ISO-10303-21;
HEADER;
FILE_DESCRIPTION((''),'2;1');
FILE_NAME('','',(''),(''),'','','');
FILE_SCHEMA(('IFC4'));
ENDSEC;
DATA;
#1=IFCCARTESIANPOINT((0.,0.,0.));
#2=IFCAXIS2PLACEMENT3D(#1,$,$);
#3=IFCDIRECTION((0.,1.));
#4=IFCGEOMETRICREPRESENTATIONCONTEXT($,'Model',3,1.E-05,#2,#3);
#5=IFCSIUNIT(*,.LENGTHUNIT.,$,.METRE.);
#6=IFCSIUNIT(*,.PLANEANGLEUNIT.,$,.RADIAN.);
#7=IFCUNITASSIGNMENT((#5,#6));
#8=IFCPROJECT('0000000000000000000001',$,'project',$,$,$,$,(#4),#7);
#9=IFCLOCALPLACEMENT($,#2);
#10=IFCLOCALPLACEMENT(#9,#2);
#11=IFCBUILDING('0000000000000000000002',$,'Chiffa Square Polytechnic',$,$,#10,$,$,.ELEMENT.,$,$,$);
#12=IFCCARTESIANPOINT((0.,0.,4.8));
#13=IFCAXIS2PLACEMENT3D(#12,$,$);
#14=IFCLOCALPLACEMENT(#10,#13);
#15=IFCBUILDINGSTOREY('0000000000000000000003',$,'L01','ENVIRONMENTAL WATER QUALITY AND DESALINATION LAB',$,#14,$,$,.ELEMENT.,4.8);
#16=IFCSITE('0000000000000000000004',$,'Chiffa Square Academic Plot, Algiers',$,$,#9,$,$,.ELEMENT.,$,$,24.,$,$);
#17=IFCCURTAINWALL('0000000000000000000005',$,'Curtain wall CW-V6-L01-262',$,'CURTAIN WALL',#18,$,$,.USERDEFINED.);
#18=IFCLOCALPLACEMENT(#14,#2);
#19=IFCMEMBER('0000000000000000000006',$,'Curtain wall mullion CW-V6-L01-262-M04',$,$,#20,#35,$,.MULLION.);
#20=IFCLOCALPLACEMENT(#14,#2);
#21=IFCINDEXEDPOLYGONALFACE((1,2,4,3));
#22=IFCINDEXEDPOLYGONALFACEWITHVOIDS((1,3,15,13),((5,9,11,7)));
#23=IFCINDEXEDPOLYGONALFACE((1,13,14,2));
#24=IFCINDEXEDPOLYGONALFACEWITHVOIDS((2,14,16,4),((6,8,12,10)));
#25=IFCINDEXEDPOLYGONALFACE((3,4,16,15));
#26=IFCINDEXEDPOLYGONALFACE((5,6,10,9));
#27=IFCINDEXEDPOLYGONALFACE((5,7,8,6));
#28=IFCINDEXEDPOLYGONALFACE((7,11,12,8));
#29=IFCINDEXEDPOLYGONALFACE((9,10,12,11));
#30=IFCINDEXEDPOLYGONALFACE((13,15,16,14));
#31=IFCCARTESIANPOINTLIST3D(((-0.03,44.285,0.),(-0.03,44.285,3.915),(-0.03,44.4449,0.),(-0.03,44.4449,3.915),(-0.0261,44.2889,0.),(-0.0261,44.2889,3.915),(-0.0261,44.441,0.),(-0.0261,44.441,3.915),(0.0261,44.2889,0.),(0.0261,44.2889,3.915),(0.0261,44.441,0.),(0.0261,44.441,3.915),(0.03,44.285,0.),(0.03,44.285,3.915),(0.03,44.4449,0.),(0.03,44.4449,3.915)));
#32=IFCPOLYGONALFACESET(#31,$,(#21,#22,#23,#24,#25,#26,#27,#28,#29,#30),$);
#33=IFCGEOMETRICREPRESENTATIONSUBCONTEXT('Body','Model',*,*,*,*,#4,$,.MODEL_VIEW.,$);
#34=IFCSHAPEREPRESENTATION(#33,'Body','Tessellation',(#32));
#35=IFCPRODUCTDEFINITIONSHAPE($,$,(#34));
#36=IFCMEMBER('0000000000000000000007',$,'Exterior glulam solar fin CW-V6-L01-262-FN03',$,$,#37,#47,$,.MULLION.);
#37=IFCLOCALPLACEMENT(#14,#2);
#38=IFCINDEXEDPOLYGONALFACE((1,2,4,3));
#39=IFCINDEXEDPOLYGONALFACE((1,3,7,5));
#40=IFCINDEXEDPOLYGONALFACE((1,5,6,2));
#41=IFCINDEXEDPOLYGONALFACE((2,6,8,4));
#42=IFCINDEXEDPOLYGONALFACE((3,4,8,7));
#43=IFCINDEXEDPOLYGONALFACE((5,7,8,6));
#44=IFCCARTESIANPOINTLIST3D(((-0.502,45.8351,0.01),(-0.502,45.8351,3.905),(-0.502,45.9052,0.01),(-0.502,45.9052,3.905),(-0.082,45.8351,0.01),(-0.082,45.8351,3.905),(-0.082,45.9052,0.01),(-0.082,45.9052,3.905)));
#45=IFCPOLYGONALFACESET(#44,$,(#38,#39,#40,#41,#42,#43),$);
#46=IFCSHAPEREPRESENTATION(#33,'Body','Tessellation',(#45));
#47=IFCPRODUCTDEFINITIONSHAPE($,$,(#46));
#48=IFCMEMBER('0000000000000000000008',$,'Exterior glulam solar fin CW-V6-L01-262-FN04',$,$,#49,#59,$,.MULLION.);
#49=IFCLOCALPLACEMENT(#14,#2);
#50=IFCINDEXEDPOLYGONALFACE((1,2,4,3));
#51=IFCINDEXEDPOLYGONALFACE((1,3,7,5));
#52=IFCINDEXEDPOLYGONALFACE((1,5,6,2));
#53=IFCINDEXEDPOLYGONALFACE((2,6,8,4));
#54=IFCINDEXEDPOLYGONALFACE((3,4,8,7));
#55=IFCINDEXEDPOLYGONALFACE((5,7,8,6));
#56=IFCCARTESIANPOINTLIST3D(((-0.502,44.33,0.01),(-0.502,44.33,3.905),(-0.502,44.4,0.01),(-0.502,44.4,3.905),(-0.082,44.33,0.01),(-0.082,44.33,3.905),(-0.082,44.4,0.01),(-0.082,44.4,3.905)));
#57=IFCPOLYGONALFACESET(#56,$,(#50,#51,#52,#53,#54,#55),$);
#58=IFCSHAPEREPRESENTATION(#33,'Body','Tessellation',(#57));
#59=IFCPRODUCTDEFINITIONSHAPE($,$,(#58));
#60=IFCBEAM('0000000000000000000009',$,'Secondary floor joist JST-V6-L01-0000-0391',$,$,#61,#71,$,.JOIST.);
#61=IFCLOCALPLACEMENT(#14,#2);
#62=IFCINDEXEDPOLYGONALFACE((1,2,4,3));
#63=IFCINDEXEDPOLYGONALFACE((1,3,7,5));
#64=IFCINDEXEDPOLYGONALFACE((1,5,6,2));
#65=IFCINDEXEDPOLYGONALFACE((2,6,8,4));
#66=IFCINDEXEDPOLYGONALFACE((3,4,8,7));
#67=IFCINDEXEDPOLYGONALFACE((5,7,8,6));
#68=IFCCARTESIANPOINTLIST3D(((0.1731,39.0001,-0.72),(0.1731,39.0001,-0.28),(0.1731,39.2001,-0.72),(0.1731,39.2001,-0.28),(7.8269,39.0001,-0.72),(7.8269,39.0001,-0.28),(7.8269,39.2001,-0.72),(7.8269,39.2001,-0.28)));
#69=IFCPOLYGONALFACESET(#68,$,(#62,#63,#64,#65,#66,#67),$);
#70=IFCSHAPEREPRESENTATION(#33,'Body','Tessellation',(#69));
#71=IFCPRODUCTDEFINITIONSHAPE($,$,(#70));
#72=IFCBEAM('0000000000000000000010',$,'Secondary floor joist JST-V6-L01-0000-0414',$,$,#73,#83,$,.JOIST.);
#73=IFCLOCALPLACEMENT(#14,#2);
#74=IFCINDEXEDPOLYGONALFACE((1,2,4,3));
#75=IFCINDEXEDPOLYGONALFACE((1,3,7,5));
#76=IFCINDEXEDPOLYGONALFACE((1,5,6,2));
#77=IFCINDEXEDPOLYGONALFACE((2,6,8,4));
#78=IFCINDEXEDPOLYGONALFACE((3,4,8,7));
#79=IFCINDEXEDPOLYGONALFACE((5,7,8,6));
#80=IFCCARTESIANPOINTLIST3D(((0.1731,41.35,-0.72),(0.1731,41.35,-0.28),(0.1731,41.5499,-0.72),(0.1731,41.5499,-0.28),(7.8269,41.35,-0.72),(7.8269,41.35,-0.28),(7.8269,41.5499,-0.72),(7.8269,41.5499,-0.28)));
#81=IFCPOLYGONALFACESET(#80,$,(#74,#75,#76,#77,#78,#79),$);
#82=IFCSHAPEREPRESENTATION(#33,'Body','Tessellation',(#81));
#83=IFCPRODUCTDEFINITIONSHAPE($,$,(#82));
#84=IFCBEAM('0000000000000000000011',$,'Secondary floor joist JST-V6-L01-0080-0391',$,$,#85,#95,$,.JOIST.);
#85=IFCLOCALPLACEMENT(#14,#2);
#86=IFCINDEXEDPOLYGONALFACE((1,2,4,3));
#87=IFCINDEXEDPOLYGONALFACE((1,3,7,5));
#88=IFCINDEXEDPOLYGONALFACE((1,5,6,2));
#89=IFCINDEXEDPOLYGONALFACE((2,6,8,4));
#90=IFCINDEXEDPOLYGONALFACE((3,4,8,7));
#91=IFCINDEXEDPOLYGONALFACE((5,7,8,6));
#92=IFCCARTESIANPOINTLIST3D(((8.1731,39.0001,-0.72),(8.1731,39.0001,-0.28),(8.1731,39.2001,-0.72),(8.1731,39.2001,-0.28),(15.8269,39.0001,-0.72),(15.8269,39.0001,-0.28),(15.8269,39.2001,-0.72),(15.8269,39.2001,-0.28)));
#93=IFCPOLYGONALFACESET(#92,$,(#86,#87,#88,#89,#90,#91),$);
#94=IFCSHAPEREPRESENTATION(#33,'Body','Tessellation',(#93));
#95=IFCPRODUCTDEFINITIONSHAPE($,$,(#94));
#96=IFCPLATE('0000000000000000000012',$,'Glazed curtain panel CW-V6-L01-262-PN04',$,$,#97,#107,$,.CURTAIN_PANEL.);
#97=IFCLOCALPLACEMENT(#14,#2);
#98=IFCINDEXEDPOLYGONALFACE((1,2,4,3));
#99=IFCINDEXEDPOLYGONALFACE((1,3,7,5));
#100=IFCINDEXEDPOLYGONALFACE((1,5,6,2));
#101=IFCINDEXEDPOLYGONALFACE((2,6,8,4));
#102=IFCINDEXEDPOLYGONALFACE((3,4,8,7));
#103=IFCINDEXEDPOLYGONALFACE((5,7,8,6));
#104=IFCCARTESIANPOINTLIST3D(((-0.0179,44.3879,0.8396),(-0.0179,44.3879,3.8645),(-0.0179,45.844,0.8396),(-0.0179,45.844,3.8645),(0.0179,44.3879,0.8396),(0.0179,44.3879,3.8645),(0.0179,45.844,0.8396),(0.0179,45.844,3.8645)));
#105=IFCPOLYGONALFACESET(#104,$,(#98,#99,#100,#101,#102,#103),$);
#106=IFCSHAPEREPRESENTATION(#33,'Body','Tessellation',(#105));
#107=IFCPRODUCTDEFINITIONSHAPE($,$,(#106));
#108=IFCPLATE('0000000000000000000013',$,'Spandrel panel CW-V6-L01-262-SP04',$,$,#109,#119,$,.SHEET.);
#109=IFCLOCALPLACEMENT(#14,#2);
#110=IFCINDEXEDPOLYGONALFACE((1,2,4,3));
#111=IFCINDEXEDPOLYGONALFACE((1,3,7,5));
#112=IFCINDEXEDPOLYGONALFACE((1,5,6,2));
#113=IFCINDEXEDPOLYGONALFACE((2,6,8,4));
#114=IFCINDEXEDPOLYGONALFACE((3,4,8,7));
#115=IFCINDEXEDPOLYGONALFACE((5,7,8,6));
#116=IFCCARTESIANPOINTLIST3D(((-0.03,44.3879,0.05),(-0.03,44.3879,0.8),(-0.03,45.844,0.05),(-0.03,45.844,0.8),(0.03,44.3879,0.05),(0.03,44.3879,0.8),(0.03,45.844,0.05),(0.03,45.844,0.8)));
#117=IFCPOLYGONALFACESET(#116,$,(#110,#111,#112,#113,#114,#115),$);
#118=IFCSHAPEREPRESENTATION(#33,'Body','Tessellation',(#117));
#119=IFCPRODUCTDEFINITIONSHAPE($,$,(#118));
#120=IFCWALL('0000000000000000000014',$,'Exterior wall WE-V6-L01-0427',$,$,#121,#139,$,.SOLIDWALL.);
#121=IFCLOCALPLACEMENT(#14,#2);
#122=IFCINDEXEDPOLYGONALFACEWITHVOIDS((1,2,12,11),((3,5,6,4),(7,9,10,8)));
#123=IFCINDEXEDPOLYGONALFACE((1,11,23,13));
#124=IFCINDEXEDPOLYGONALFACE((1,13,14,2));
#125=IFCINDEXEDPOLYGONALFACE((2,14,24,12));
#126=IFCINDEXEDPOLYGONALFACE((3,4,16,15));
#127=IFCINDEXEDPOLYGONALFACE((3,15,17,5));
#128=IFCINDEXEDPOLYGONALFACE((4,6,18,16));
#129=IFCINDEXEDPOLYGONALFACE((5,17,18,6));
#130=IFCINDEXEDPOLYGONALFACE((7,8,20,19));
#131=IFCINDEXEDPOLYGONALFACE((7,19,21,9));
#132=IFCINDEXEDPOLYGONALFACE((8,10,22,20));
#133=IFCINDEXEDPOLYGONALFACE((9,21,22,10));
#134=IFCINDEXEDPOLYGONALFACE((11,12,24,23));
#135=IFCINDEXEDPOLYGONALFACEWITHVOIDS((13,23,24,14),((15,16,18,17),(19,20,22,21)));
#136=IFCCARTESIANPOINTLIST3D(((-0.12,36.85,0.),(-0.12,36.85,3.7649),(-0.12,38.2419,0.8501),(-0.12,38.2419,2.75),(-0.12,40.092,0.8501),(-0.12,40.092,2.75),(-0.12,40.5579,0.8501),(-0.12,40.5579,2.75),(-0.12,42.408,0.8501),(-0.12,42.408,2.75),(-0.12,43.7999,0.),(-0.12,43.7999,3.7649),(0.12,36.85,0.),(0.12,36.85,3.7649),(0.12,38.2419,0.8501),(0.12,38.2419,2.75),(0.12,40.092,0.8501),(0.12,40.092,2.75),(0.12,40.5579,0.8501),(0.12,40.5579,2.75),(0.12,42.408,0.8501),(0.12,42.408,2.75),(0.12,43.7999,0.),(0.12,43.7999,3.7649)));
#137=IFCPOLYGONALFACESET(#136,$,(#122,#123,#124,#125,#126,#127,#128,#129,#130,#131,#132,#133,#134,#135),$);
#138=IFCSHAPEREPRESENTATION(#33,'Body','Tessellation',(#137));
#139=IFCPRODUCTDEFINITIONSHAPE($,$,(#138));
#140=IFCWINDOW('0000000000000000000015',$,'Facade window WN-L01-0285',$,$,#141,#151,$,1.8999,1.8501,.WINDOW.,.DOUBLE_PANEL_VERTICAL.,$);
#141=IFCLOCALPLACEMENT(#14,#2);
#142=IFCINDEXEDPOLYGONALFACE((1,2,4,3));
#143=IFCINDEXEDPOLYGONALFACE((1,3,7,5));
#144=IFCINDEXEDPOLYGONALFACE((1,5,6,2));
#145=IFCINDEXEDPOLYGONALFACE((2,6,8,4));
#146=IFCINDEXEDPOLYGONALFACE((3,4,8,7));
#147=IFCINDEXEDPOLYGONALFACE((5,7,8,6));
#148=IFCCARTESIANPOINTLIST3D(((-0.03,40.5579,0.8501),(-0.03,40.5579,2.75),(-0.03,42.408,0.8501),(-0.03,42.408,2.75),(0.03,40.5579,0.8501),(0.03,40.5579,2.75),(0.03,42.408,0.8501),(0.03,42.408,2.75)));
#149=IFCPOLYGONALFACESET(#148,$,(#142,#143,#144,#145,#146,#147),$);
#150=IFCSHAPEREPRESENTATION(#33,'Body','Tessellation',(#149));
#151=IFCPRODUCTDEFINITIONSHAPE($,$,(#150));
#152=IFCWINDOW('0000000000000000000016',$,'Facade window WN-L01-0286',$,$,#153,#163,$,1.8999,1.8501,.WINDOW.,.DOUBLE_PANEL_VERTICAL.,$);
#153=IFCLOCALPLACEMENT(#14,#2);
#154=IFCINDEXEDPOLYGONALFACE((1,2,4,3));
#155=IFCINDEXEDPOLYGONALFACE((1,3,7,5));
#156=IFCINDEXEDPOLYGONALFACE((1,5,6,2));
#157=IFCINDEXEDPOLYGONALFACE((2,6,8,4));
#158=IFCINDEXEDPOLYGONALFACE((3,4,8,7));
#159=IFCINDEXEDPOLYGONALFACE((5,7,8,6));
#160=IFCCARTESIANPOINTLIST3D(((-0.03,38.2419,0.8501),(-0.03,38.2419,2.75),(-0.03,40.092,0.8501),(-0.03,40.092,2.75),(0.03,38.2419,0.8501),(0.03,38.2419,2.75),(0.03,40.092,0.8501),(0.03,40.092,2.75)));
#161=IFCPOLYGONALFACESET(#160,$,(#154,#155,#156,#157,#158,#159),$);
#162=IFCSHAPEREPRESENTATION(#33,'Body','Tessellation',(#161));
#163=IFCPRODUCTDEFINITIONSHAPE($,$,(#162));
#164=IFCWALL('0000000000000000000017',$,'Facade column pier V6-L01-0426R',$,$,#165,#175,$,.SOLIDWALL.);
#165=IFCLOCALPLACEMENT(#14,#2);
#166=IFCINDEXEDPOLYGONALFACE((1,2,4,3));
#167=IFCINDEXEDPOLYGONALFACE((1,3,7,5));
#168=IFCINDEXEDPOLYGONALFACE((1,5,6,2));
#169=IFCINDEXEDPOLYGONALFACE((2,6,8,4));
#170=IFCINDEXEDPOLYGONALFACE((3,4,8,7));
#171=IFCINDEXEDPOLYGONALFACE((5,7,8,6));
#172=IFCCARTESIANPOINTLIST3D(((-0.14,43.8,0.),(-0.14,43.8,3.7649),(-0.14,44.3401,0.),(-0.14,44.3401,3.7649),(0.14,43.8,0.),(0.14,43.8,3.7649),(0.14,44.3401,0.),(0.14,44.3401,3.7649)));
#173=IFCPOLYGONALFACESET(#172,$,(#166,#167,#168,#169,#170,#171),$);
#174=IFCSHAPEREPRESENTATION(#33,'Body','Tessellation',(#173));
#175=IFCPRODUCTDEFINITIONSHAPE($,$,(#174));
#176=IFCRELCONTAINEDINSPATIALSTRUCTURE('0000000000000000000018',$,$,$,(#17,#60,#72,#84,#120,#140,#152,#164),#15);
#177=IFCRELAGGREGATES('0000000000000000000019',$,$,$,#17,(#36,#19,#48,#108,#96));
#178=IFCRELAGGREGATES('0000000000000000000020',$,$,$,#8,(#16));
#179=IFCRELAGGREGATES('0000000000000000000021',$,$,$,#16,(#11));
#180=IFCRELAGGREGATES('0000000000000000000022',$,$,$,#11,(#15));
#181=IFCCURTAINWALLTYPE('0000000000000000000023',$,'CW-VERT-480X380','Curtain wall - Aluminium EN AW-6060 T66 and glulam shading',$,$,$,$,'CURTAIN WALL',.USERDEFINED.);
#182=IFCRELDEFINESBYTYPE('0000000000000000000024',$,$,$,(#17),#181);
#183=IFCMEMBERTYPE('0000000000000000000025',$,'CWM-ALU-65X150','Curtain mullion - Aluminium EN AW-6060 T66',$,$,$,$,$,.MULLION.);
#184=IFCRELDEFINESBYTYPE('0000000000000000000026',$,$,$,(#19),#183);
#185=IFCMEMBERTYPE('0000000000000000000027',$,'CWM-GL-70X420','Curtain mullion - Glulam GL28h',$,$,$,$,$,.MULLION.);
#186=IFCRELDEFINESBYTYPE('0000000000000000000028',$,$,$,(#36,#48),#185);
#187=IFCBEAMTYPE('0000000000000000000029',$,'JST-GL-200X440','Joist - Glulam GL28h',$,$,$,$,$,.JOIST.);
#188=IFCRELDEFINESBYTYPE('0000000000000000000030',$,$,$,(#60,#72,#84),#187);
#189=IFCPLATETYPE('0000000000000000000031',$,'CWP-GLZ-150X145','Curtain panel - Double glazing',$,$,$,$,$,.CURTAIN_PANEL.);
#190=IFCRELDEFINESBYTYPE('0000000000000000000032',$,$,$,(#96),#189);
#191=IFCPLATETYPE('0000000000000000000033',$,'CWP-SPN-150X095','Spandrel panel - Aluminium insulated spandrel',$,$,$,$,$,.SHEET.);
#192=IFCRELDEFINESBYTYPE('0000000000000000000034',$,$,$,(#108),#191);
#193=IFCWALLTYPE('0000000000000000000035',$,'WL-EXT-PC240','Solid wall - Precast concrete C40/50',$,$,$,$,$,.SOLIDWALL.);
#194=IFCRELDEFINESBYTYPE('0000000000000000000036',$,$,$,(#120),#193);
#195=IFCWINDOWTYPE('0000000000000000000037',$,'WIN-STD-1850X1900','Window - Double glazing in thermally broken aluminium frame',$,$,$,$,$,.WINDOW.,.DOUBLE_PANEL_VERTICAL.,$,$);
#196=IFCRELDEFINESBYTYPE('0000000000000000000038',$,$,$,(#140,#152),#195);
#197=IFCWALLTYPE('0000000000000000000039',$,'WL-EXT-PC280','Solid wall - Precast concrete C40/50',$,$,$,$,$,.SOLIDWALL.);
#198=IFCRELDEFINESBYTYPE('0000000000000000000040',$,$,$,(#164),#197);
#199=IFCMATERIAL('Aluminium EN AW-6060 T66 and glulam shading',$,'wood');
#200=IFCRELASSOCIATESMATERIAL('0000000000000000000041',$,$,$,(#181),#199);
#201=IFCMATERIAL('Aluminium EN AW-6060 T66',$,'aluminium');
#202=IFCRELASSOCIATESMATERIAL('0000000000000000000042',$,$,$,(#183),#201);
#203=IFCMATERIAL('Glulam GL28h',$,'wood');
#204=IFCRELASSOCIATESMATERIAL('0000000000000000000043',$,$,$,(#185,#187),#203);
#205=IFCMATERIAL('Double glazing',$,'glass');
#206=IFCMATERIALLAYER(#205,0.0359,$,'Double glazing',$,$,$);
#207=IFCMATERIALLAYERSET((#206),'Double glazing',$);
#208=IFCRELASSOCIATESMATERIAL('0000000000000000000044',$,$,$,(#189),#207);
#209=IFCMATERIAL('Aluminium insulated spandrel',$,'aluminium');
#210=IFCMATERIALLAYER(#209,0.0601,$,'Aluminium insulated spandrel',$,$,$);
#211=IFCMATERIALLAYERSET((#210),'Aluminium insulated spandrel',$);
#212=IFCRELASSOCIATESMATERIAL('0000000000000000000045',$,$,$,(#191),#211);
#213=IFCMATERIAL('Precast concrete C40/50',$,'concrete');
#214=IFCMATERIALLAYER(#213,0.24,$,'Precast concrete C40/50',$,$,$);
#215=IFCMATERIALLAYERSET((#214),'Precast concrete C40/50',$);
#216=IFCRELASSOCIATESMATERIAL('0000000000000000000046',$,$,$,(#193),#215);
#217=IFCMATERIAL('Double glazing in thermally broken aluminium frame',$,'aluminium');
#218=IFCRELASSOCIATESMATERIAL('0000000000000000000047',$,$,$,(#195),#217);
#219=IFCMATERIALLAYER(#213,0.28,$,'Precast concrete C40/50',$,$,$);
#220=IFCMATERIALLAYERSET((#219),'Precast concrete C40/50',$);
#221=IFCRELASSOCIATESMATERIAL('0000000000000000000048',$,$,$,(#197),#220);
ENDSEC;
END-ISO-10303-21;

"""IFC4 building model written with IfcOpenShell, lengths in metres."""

from ifc_helpers import new_model, si_unit, direction, frame, frame_2d, origin, origin_2d, place, context, subcontext, project, spatial, rectangle, hollow_rectangle, extrude, material, layer, layer_set, material_profile, profile_set, type_object, element, fill, aggregate, save


model = new_model("IFC4")

# Units and contexts
model_context = context("Model", 3, precision=1e-05, world=origin(), true_north=direction((0.0, 1.0)))
body_context = subcontext(model_context, "Body", "Model", "MODEL_VIEW")
ifc_project = project(units=[si_unit("LENGTHUNIT", "METRE"), si_unit("PLANEANGLEUNIT", "RADIAN")], contexts=[model_context])

# Site, building, storey
site_placement = place(None, origin())
site = spatial("IfcSite", under=ifc_project, at=site_placement, Name="Chiffa Square Academic Plot, Algiers", CompositionType="ELEMENT", RefElevation=24.0)
building_placement = place(site_placement, origin())
building = spatial("IfcBuilding", under=site, at=building_placement, Name="Chiffa Square Polytechnic", CompositionType="ELEMENT")
storey_placement = place(building_placement, frame((0.0, 0.0, 4.8)))
storey = spatial("IfcBuildingStorey", under=building, at=storey_placement, Name="L01", Description="ENVIRONMENTAL WATER QUALITY AND DESALINATION LAB", CompositionType="ELEMENT", Elevation=4.8)

# Curtain wall, members
ifc_material_1 = material(Name="Aluminium EN AW-6060 T66 and glulam shading", Category="wood")
curtain_wall_type = type_object("IfcCurtainWallType", Name="CW-VERT-480X380", Description="Curtain wall - Aluminium EN AW-6060 T66 and glulam shading", ElementType="CURTAIN WALL", PredefinedType="USERDEFINED", material=ifc_material_1)
curtain_wall_placement = place(storey_placement, origin())
curtain_wall = element("IfcCurtainWall", 1, at=curtain_wall_placement, inside=storey, type_object=curtain_wall_type, Name="Curtain wall CW-V6-L01-262", ObjectType="CURTAIN WALL", PredefinedType="USERDEFINED")
ifc_material_2 = material(Name="Aluminium EN AW-6060 T66", Category="aluminium")
ifc_material_profile_1 = material_profile(ifc_material_2, hollow_rectangle(XDim=0.0601, YDim=0.1599, WallThickness=0.0039, at=origin_2d()), Name="ALU 60x160x4")
ifc_profile_set_1 = profile_set([ifc_material_profile_1], Name="Aluminium EN AW-6060 T66")
member_type_1 = type_object("IfcMemberType", Name="CWM-ALU-65X150", Description="Curtain mullion - Aluminium EN AW-6060 T66", PredefinedType="MULLION", material=ifc_profile_set_1)
member_1_placement = place(storey_placement, frame((0.0, 44.365, 0.0), z_axis=(0.0, 0.0, 1.0), x_axis=(1.0, 0.0, 0.0)))
member_1 = element("IfcMember", 2, at=member_1_placement, type_object=member_type_1, Name="Curtain wall mullion CW-V6-L01-262-M04", PredefinedType="MULLION", context=body_context, shape_type="SweptSolid", body=[
    extrude(hollow_rectangle(XDim=0.0601, YDim=0.1599, WallThickness=0.0039, at=origin_2d()), origin(), (0.0, 0.0, 1.0), 3.915),
])
ifc_material_3 = material(Name="Glulam GL28h", Category="wood")
ifc_material_profile_2 = material_profile(ifc_material_3, rectangle(XDim=0.0701, YDim=0.4199, at=origin_2d()), Name="GL28h 70x420")
ifc_profile_set_2 = profile_set([ifc_material_profile_2], Name="Glulam GL28h")
member_type_2 = type_object("IfcMemberType", Name="CWM-GL-70X420", Description="Curtain mullion - Glulam GL28h", PredefinedType="MULLION", material=ifc_profile_set_2)
member_2_placement = place(storey_placement, frame((-0.292, 45.8701, 0.01), z_axis=(0.0, 0.0, 1.0), x_axis=(0.0, -1.0, 0.0)))
member_2 = element("IfcMember", 3, at=member_2_placement, type_object=member_type_2, Name="Exterior glulam solar fin CW-V6-L01-262-FN03", PredefinedType="MULLION", context=body_context, shape_type="SweptSolid", body=[
    extrude(rectangle(XDim=0.0701, YDim=0.4199, at=origin_2d()), origin(), (0.0, 0.0, 1.0), 3.895),
])
member_3_placement = place(storey_placement, frame((-0.292, 44.365, 0.01), z_axis=(0.0, 0.0, 1.0), x_axis=(0.0, -1.0, 0.0)))
member_3 = element("IfcMember", 4, at=member_3_placement, type_object=member_type_2, Name="Exterior glulam solar fin CW-V6-L01-262-FN04", PredefinedType="MULLION", context=body_context, shape_type="SweptSolid", body=[
    extrude(rectangle(XDim=0.0701, YDim=0.4199, at=origin_2d()), origin(), (0.0, 0.0, 1.0), 3.895),
])

# Beams
ifc_material_profile_3 = material_profile(ifc_material_3, rectangle(XDim=0.2, YDim=0.4399, at=origin_2d()), Name="GL28h 200x440")
ifc_profile_set_3 = profile_set([ifc_material_profile_3], Name="Glulam GL28h")
beam_type_1 = type_object("IfcBeamType", Name="JST-GL-200X440", Description="Joist - Glulam GL28h", PredefinedType="JOIST", material=ifc_profile_set_3)
for number, where, z_axis, x_axis, name in (
    (5, (0.1731, 39.1001, -0.5), (1.0, 0.0, 0.0), (0.0, 1.0, 0.0), "Secondary floor joist JST-V6-L01-0000-0391"),
    (6, (0.1731, 41.45, -0.5), (1.0, 0.0, 0.0), (0.0, 1.0, 0.0), "Secondary floor joist JST-V6-L01-0000-0414"),
    (7, (8.1731, 39.1001, -0.5), (1.0, 0.0, 0.0), (0.0, 1.0, 0.0), "Secondary floor joist JST-V6-L01-0080-0391"),
):
    element("IfcBeam", number, at=place(storey_placement, frame(where, z_axis=z_axis, x_axis=x_axis)), inside=storey, type_object=beam_type_1, Name=name, PredefinedType="JOIST", context=body_context, shape_type="SweptSolid", body=[
        extrude(rectangle(XDim=0.2, YDim=0.4399, at=origin_2d()), origin(), (0.0, 0.0, 1.0), 7.6538),
    ])

# Plates
ifc_material_4 = material(Name="Double glazing", Category="glass")
ifc_layer_1 = layer(ifc_material_4, 0.0359, Name="Double glazing")
ifc_layer_set_1 = layer_set([ifc_layer_1], Name="Double glazing")
plate_type_1 = type_object("IfcPlateType", Name="CWP-GLZ-150X145", Description="Curtain panel - Double glazing", PredefinedType="CURTAIN_PANEL", material=ifc_layer_set_1)
plate_1_placement = place(storey_placement, frame((0.0, 45.116, 0.8396), z_axis=(0.0, 0.0, 1.0), x_axis=(0.0, -1.0, 0.0)))
plate_1 = element("IfcPlate", 8, at=plate_1_placement, type_object=plate_type_1, Name="Glazed curtain panel CW-V6-L01-262-PN04", PredefinedType="CURTAIN_PANEL", context=body_context, shape_type="SweptSolid", body=[
    extrude(rectangle(XDim=1.4561, YDim=0.0359, at=origin_2d()), origin(), (0.0, 0.0, 1.0), 3.0249),
])
ifc_material_5 = material(Name="Aluminium insulated spandrel", Category="aluminium")
ifc_layer_2 = layer(ifc_material_5, 0.0601, Name="Aluminium insulated spandrel")
ifc_layer_set_2 = layer_set([ifc_layer_2], Name="Aluminium insulated spandrel")
plate_type_2 = type_object("IfcPlateType", Name="CWP-SPN-150X095", Description="Spandrel panel - Aluminium insulated spandrel", PredefinedType="SHEET", material=ifc_layer_set_2)
plate_2_placement = place(storey_placement, frame((0.0, 45.116, 0.05), z_axis=(0.0, 0.0, 1.0), x_axis=(0.0, -1.0, 0.0)))
plate_2 = element("IfcPlate", 9, at=plate_2_placement, type_object=plate_type_2, Name="Spandrel panel CW-V6-L01-262-SP04", PredefinedType="SHEET", context=body_context, shape_type="SweptSolid", body=[
    extrude(rectangle(XDim=1.4561, YDim=0.0601, at=origin_2d()), origin(), (0.0, 0.0, 1.0), 0.75),
])
aggregate(curtain_wall, [member_2, member_1, member_3, plate_2, plate_1])

# Wall, openings, windows
ifc_material_6 = material(Name="Precast concrete C40/50", Category="concrete")
ifc_layer_3 = layer(ifc_material_6, 0.24, Name="Precast concrete C40/50")
ifc_layer_set_3 = layer_set([ifc_layer_3], Name="Precast concrete C40/50")
wall_type_1 = type_object("IfcWallType", Name="WL-EXT-PC240", Description="Solid wall - Precast concrete C40/50", PredefinedType="SOLIDWALL", material=ifc_layer_set_3)
wall_1_placement = place(storey_placement, frame((0.0, 43.8, 0.0), z_axis=(0.0, 0.0, 1.0), x_axis=(0.0, -1.0, 0.0)))
wall_1 = element("IfcWall", 10, at=wall_1_placement, inside=storey, type_object=wall_type_1, Name="Exterior wall WE-V6-L01-0427", PredefinedType="SOLIDWALL", context=body_context, shape_type="SweptSolid", body=[
    extrude(rectangle(XDim=6.95, YDim=0.24, at=frame_2d((3.4751, 0.0))), origin(), (0.0, 0.0, 1.0), 3.7649),
])
opening_1_placement = place(wall_1_placement, frame((1.3921, 0.0, 0.8501)))
opening_1 = element("IfcOpeningElement", 11, at=opening_1_placement, cuts=wall_1, PredefinedType="OPENING", context=body_context, shape_type="SweptSolid", body=[
    extrude(rectangle(XDim=1.8501, YDim=1.8999, at=frame_2d((0.925, 0.95))), frame((0.0, 0.1299, 0.0), z_axis=(0.0, -1.0, 0.0), x_axis=(1.0, 0.0, 0.0)), (0.0, 0.0, 1.0), 0.26),
])
opening_2_placement = place(wall_1_placement, frame((3.708, 0.0, 0.8501)))
opening_2 = element("IfcOpeningElement", 12, at=opening_2_placement, cuts=wall_1, PredefinedType="OPENING", context=body_context, shape_type="SweptSolid", body=[
    extrude(rectangle(XDim=1.8501, YDim=1.8999, at=frame_2d((0.925, 0.95))), frame((0.0, 0.1299, 0.0), z_axis=(0.0, -1.0, 0.0), x_axis=(1.0, 0.0, 0.0)), (0.0, 0.0, 1.0), 0.26),
])
ifc_material_7 = material(Name="Double glazing in thermally broken aluminium frame", Category="aluminium")
window_type = type_object("IfcWindowType", Name="WIN-STD-1850X1900", Description="Window - Double glazing in thermally broken aluminium frame", PartitioningType="DOUBLE_PANEL_VERTICAL", PredefinedType="WINDOW", material=ifc_material_7)
window_1_placement = place(opening_1_placement, origin())
window_1 = element("IfcWindow", 13, at=window_1_placement, inside=storey, type_object=window_type, Name="Facade window WN-L01-0285", OverallHeight=1.8999, OverallWidth=1.8501, PartitioningType="DOUBLE_PANEL_VERTICAL", PredefinedType="WINDOW", context=body_context, shape_type="SweptSolid", body=[
    extrude(rectangle(XDim=1.8501, YDim=1.8999, at=frame_2d((0.925, 0.95))), frame((0.0, 0.03, 0.0), z_axis=(0.0, -1.0, 0.0), x_axis=(1.0, 0.0, 0.0)), (0.0, 0.0, 1.0), 0.0601),
])
fill(opening_1, window_1)
window_2_placement = place(opening_2_placement, origin())
window_2 = element("IfcWindow", 14, at=window_2_placement, inside=storey, type_object=window_type, Name="Facade window WN-L01-0286", OverallHeight=1.8999, OverallWidth=1.8501, PartitioningType="DOUBLE_PANEL_VERTICAL", PredefinedType="WINDOW", context=body_context, shape_type="SweptSolid", body=[
    extrude(rectangle(XDim=1.8501, YDim=1.8999, at=frame_2d((0.925, 0.95))), frame((0.0, 0.03, 0.0), z_axis=(0.0, -1.0, 0.0), x_axis=(1.0, 0.0, 0.0)), (0.0, 0.0, 1.0), 0.0601),
])
fill(opening_2, window_2)

# Wall
ifc_layer_4 = layer(ifc_material_6, 0.28, Name="Precast concrete C40/50")
ifc_layer_set_4 = layer_set([ifc_layer_4], Name="Precast concrete C40/50")
wall_type_2 = type_object("IfcWallType", Name="WL-EXT-PC280", Description="Solid wall - Precast concrete C40/50", PredefinedType="SOLIDWALL", material=ifc_layer_set_4)
wall_2_placement = place(storey_placement, frame((0.0, 44.3401, 0.0), z_axis=(0.0, 0.0, 1.0), x_axis=(0.0, -1.0, 0.0)))
element("IfcWall", 15, at=wall_2_placement, inside=storey, type_object=wall_type_2, Name="Facade column pier V6-L01-0426R", PredefinedType="SOLIDWALL", context=body_context, shape_type="SweptSolid", body=[
    extrude(rectangle(XDim=0.54, YDim=0.28, at=frame_2d((0.27, 0.0))), origin(), (0.0, 0.0, 1.0), 3.7649),
])

save(model, "model.ifc")
